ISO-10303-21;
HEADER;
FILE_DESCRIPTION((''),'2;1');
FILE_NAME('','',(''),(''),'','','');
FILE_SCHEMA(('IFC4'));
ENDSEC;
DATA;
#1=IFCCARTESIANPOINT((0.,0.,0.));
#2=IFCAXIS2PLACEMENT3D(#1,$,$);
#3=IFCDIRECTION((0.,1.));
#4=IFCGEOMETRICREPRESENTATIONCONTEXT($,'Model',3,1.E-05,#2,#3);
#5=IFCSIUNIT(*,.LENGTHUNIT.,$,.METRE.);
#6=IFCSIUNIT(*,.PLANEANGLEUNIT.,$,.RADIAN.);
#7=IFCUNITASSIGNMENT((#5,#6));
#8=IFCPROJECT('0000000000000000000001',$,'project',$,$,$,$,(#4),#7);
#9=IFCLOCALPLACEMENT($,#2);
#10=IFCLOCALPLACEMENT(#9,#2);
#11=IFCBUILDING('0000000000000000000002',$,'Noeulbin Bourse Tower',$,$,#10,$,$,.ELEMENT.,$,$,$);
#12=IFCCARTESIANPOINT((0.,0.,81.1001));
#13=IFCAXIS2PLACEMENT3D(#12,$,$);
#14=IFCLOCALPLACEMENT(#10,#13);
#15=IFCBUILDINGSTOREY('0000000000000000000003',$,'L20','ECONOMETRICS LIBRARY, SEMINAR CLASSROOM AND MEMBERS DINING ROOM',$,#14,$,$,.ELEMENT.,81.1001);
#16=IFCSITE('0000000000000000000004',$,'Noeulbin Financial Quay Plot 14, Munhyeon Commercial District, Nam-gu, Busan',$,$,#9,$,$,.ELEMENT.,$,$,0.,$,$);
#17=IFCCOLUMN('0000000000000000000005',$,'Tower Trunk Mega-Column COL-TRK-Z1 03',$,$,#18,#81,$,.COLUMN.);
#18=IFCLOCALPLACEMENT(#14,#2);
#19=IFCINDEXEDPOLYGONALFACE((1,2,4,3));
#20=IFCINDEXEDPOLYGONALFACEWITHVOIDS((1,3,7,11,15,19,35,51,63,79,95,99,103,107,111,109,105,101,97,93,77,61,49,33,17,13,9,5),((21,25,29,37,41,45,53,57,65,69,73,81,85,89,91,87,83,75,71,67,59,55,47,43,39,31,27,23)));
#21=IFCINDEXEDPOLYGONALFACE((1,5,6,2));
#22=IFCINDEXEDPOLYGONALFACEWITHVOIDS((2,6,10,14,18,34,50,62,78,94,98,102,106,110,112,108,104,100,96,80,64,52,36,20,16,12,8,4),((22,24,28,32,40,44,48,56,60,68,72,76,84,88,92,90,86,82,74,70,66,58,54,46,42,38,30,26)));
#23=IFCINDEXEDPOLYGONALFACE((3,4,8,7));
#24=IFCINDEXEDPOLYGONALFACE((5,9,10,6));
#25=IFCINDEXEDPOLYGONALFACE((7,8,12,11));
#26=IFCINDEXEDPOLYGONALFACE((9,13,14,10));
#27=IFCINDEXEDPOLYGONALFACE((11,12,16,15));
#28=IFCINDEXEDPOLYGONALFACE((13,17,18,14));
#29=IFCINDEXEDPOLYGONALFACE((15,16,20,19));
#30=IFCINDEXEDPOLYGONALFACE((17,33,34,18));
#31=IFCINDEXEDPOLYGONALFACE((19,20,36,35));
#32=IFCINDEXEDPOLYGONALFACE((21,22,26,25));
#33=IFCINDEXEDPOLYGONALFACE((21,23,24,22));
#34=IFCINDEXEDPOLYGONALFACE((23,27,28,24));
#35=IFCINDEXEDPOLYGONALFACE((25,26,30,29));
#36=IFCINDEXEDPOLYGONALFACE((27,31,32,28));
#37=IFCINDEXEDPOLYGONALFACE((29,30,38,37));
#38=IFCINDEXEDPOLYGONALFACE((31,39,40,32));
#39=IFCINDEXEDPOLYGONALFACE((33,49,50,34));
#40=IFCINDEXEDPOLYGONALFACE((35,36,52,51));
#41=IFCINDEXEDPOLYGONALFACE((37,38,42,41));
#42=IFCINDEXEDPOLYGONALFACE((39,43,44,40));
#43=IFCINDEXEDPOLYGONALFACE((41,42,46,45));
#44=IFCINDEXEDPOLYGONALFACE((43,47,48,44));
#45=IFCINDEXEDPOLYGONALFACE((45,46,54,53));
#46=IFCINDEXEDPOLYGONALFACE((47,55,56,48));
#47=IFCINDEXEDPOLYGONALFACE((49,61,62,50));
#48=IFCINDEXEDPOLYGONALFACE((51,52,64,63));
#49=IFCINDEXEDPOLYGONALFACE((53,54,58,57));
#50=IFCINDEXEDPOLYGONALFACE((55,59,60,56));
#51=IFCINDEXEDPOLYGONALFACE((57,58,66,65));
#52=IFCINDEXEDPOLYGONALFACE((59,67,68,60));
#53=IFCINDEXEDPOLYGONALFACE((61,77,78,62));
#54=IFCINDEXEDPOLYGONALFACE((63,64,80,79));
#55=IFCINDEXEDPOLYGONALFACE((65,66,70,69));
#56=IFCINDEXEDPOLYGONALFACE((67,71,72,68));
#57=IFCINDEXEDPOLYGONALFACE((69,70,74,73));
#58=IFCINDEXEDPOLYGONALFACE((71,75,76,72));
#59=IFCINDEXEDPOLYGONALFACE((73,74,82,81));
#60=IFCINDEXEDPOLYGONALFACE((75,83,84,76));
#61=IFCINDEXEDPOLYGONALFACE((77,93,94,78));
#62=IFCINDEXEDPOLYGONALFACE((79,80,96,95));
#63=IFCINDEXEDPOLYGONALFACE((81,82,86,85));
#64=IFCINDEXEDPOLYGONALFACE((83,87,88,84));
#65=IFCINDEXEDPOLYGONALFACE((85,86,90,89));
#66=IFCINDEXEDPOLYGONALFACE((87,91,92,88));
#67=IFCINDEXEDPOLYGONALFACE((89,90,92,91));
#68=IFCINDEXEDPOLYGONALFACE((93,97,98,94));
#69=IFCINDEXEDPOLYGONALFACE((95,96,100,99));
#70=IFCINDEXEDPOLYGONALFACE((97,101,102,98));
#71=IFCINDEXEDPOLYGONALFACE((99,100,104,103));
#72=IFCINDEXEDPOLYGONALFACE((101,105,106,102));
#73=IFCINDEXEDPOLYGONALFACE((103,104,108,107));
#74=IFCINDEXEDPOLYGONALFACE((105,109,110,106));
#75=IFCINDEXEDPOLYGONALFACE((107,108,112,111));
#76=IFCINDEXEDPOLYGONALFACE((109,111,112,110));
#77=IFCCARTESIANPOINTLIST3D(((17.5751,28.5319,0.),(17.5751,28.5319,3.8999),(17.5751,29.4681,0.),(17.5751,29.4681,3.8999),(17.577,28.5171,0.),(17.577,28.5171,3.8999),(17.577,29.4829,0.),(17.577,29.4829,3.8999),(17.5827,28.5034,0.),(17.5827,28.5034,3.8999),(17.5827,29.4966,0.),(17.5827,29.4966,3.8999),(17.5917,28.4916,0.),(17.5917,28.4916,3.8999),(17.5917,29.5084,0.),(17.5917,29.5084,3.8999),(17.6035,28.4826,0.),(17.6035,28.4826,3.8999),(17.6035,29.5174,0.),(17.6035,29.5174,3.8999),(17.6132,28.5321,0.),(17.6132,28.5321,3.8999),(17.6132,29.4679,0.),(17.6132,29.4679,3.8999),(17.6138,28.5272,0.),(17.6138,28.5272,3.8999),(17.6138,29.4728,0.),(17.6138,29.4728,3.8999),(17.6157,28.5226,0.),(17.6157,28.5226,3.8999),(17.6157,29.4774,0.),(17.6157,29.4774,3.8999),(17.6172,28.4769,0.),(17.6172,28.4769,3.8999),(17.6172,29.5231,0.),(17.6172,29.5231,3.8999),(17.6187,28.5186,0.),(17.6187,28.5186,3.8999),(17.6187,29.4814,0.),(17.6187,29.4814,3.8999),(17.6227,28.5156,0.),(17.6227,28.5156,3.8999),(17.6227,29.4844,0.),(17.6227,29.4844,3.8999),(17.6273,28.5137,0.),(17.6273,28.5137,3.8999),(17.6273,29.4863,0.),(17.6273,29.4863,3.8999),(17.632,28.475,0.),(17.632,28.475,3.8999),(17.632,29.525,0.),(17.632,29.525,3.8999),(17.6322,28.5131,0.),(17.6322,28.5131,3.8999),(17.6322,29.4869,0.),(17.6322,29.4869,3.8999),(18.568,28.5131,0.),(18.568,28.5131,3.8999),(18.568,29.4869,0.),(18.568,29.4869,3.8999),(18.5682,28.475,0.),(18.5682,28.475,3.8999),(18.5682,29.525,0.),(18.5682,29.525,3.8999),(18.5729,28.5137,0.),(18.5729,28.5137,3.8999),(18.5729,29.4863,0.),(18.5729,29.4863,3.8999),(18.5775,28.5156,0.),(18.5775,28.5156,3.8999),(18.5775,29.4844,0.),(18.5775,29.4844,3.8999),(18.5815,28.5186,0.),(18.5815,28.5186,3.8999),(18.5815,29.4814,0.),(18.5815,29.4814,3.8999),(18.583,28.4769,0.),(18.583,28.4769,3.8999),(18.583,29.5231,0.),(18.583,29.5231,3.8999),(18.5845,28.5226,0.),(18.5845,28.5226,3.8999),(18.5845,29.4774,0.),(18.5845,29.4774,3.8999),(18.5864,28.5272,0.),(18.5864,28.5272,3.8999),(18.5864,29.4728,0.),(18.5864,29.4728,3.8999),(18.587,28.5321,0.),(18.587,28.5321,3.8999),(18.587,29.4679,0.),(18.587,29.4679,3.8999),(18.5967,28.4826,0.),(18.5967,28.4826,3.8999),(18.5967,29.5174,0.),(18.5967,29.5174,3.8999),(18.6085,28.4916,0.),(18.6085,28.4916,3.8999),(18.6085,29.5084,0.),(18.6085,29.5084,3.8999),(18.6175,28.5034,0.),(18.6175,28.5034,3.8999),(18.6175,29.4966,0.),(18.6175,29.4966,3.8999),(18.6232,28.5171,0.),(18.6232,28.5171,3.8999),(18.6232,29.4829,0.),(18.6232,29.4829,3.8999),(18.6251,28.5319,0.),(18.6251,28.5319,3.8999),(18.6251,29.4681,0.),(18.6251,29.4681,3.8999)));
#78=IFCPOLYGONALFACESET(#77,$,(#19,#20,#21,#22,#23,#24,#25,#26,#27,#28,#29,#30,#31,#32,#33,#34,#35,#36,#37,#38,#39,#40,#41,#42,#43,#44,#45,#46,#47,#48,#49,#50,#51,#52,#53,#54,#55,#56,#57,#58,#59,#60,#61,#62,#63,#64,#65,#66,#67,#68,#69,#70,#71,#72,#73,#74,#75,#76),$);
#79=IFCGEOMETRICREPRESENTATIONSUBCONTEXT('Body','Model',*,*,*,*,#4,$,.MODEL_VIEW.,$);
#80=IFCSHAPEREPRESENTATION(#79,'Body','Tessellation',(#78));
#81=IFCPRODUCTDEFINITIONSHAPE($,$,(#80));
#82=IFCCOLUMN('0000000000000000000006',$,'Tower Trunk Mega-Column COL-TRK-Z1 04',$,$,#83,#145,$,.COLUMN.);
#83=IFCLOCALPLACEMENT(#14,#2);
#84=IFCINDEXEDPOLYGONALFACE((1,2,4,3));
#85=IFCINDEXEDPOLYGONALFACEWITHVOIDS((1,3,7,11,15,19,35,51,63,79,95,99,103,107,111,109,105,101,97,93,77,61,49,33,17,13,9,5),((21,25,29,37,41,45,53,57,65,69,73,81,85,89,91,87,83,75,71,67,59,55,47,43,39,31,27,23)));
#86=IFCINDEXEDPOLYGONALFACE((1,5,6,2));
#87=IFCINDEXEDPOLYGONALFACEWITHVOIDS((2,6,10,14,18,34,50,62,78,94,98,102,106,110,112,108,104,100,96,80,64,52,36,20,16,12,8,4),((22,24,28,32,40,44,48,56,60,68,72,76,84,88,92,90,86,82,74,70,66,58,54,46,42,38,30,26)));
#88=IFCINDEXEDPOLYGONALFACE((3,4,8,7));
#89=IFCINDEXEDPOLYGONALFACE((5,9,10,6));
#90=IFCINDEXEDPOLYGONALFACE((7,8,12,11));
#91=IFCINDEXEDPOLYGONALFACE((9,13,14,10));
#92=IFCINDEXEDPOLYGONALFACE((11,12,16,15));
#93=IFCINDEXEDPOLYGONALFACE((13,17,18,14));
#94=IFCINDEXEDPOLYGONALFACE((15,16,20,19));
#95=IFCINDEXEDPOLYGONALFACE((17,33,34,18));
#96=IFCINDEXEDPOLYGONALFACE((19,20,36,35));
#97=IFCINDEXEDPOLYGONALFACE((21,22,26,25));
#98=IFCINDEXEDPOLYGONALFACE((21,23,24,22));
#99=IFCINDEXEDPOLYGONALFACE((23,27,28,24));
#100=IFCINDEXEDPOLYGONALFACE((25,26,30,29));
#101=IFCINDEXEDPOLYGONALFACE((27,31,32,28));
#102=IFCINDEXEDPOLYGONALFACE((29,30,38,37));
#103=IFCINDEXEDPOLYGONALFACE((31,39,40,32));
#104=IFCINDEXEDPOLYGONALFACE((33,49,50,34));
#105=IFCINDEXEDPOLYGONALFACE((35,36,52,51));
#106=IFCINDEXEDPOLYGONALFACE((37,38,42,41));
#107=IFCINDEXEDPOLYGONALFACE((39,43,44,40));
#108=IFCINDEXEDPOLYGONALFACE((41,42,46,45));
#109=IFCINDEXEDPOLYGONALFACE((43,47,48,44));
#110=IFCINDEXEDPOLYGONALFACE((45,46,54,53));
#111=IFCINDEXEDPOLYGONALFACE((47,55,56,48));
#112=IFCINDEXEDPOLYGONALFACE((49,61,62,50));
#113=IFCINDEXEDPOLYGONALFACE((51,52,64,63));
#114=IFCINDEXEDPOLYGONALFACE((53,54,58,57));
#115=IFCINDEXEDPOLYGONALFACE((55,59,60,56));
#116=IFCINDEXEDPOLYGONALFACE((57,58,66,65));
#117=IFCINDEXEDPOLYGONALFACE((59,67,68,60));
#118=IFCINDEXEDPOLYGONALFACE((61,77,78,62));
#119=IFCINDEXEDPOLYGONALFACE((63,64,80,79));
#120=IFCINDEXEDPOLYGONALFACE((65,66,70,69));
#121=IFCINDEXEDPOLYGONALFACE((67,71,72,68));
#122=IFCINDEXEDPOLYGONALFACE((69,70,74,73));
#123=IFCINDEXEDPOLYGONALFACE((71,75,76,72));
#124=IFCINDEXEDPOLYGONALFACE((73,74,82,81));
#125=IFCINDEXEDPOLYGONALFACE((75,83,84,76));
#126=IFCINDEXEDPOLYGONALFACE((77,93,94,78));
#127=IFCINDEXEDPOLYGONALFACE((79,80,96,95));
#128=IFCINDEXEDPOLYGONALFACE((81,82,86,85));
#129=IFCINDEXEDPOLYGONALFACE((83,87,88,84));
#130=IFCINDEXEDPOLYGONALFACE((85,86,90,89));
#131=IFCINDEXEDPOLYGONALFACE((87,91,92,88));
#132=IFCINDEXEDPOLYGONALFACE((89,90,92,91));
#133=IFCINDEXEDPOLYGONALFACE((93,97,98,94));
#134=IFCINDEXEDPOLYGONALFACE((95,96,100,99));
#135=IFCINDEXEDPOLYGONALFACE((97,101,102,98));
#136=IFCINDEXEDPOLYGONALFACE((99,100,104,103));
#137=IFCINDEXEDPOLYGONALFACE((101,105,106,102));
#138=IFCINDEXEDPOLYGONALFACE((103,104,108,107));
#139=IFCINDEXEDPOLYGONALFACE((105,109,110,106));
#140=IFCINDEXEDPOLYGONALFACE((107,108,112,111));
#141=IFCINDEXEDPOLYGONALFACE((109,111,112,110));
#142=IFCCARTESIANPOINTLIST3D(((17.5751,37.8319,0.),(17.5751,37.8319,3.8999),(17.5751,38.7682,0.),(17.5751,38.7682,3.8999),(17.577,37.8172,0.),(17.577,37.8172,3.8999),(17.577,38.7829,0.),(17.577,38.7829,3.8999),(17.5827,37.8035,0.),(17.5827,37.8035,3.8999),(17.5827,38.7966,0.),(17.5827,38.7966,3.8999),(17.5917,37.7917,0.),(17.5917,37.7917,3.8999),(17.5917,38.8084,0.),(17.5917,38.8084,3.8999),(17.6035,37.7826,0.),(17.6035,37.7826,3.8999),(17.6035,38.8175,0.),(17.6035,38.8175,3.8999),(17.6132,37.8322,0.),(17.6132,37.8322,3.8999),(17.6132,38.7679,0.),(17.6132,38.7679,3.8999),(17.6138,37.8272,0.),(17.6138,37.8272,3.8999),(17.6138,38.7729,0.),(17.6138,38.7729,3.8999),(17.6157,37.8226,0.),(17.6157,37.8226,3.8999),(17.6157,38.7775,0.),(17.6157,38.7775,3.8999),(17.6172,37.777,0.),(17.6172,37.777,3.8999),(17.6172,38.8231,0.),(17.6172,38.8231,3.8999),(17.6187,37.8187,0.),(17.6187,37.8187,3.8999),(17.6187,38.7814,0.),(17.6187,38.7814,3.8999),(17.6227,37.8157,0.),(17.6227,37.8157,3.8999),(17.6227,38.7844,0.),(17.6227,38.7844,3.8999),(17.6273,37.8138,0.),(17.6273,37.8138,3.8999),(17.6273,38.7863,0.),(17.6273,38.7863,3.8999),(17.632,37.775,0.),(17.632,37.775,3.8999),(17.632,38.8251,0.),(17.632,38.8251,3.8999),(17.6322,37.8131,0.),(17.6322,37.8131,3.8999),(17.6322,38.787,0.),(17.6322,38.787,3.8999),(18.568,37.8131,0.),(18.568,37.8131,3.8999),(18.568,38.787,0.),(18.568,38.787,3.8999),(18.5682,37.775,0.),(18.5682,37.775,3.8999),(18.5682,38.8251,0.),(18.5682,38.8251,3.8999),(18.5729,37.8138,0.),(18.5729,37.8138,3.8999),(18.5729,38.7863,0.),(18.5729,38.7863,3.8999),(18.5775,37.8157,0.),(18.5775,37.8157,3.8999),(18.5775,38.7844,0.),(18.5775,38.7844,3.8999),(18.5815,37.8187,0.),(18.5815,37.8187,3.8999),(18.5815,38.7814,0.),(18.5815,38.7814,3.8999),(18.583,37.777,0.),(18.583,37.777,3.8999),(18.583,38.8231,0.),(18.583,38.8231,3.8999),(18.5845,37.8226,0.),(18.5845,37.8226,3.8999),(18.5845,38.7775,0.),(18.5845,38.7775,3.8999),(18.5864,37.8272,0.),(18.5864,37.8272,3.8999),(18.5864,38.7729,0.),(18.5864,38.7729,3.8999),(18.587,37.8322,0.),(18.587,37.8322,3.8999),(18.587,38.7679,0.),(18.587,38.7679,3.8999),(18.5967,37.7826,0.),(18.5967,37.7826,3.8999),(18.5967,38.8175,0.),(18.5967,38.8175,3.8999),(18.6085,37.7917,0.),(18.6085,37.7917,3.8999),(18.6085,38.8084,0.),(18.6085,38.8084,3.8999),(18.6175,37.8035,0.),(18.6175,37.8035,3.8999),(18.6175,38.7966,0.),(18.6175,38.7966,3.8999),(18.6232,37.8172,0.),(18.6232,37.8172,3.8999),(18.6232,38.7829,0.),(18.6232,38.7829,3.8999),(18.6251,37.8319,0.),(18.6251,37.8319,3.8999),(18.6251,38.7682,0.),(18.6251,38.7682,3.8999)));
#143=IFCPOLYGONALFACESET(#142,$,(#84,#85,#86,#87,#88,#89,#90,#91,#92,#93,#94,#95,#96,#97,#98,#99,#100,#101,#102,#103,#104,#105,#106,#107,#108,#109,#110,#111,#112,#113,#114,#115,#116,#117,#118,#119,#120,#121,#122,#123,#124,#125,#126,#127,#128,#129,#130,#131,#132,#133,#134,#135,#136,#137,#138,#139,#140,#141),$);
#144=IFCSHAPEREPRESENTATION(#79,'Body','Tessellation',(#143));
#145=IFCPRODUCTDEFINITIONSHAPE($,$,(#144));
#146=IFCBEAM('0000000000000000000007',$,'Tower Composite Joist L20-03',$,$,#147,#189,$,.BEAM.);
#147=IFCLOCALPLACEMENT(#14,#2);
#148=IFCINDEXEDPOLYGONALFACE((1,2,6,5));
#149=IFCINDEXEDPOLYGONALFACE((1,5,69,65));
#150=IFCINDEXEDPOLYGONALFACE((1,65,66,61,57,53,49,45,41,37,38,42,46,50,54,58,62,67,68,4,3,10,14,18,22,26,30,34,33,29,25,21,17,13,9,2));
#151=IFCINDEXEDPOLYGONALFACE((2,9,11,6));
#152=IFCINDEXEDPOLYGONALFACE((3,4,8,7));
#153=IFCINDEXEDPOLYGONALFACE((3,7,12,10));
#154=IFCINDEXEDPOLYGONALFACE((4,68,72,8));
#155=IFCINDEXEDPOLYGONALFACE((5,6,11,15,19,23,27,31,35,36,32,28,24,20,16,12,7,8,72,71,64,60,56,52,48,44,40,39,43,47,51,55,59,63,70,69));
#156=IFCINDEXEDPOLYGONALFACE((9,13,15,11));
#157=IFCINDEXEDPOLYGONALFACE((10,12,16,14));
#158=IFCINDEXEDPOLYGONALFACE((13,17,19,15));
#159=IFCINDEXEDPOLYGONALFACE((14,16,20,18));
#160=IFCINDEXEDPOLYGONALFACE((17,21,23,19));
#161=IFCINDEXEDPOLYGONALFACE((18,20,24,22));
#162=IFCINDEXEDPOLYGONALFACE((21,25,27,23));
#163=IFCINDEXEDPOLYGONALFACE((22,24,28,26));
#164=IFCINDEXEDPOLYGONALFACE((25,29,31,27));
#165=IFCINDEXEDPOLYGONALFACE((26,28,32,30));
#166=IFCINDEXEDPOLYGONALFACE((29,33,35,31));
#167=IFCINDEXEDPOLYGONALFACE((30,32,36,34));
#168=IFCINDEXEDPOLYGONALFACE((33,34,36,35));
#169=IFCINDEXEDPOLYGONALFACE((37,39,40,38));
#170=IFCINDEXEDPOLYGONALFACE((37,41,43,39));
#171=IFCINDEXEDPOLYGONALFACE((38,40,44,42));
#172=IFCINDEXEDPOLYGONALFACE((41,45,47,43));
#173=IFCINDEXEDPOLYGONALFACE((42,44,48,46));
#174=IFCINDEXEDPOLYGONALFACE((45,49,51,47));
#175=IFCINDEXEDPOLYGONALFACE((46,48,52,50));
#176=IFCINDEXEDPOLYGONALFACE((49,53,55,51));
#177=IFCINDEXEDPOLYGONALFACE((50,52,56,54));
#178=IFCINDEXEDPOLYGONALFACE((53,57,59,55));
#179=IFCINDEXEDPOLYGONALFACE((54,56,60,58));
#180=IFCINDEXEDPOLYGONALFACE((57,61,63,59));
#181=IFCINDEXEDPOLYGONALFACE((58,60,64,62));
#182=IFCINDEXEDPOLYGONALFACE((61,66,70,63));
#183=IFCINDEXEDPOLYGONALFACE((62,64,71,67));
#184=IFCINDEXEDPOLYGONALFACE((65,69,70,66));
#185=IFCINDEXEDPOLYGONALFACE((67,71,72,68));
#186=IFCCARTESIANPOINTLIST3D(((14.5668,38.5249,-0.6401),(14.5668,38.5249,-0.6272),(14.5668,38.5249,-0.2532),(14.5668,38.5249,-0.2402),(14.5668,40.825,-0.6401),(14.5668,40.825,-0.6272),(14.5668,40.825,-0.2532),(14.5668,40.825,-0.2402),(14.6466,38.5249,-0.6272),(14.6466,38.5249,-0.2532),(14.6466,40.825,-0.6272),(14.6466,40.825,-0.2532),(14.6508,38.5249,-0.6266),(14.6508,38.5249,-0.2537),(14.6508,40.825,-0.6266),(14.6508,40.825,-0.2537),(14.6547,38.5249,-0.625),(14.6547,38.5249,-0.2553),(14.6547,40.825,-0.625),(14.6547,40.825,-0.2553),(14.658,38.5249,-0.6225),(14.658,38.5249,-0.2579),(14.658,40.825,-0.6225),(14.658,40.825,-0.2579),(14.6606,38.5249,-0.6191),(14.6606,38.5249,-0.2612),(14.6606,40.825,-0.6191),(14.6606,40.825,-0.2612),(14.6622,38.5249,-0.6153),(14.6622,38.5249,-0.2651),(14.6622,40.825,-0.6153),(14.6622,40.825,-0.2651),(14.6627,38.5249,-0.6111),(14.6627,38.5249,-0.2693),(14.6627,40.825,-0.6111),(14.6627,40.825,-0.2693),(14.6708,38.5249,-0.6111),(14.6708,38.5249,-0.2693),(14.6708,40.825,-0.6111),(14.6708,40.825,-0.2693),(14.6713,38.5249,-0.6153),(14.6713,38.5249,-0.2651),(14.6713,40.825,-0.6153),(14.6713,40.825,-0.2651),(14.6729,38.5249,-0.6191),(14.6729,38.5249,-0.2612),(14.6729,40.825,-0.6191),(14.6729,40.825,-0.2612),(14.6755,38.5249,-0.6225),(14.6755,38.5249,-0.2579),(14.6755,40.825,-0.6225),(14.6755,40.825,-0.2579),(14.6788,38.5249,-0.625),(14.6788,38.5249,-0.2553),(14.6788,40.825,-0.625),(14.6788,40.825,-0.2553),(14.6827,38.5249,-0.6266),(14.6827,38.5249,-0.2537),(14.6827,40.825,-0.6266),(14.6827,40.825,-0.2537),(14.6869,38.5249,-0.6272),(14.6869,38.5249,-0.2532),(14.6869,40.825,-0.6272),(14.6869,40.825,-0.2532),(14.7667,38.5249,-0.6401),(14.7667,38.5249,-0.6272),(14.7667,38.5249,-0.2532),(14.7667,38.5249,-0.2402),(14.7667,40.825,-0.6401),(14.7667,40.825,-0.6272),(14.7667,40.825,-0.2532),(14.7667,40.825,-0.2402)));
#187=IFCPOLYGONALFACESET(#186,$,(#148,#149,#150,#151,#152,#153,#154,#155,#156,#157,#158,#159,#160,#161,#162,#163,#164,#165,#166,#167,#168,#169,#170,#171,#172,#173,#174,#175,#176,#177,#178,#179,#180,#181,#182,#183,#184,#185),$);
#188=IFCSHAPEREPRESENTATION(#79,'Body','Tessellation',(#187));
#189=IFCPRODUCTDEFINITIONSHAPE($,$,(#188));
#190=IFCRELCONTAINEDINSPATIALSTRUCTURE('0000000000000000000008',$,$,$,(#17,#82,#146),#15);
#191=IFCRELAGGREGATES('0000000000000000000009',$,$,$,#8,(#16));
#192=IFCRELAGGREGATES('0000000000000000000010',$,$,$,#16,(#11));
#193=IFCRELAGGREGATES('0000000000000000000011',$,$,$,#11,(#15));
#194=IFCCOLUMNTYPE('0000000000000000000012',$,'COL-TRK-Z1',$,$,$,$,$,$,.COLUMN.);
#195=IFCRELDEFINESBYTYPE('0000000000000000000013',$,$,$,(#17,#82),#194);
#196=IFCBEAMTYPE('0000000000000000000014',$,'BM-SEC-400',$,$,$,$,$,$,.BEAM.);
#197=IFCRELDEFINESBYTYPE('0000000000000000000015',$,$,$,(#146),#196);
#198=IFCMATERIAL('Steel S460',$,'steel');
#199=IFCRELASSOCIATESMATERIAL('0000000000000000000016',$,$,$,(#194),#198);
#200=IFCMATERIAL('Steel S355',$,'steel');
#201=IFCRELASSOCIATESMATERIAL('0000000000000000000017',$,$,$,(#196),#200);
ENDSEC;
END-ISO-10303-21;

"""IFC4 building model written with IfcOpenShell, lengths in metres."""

from ifc_helpers import new_model, si_unit, direction, frame, origin, origin_2d, place, context, subcontext, project, spatial, hollow_rectangle, i_section, extrude, material, material_profile, profile_set, type_object, element, save


model = new_model("IFC4")

# Units and contexts
model_context = context("Model", 3, precision=1e-05, world=origin(), true_north=direction((0.0, 1.0)))
body_context = subcontext(model_context, "Body", "Model", "MODEL_VIEW")
ifc_project = project(units=[si_unit("LENGTHUNIT", "METRE"), si_unit("PLANEANGLEUNIT", "RADIAN")], contexts=[model_context])

# Site, building, storey
site_placement = place(None, origin())
site = spatial("IfcSite", under=ifc_project, at=site_placement, Name="Noeulbin Financial Quay Plot 14, Munhyeon Commercial District, Nam-gu, Busan", CompositionType="ELEMENT", RefElevation=0.0)
building_placement = place(site_placement, origin())
building = spatial("IfcBuilding", under=site, at=building_placement, Name="Noeulbin Bourse Tower", CompositionType="ELEMENT")
storey_placement = place(building_placement, frame((0.0, 0.0, 81.1001)))
storey = spatial("IfcBuildingStorey", under=building, at=storey_placement, Name="L20", Description="ECONOMETRICS LIBRARY, SEMINAR CLASSROOM AND MEMBERS DINING ROOM", CompositionType="ELEMENT", Elevation=81.1001)

# Columns
ifc_material_1 = material(Name="Steel S460", Category="steel")
ifc_material_profile_1 = material_profile(ifc_material_1, hollow_rectangle(XDim=1.05, YDim=1.05, WallThickness=0.0381, InnerFilletRadius=0.019, OuterFilletRadius=0.0569, at=origin_2d()), Name="BOX-1050x1050x38", Category="LoadBearing")
ifc_profile_set_1 = profile_set([ifc_material_profile_1], Name="Steel S460")
column_type = type_object("IfcColumnType", Name="COL-TRK-Z1", PredefinedType="COLUMN", material=ifc_profile_set_1)
for number, where, z_axis, x_axis, name in (
    (1, (18.1001, 29.0, 0.0), (0.0, 0.0, 1.0), (1.0, 0.0, 0.0), "Tower Trunk Mega-Column COL-TRK-Z1 03"),
    (2, (18.1001, 38.3, 0.0), (0.0, 0.0, 1.0), (1.0, 0.0, 0.0), "Tower Trunk Mega-Column COL-TRK-Z1 04"),
):
    element("IfcColumn", number, at=place(storey_placement, frame(where, z_axis=z_axis, x_axis=x_axis)), inside=storey, type_object=column_type, Name=name, PredefinedType="COLUMN", context=body_context, shape_type="SweptSolid", body=[
        extrude(hollow_rectangle(XDim=1.05, YDim=1.05, WallThickness=0.0381, InnerFilletRadius=0.019, OuterFilletRadius=0.0569, at=origin_2d()), origin(), (0.0, 0.0, 1.0), 3.8999),
    ])

# Beam
ifc_material_2 = material(Name="Steel S355", Category="steel")
ifc_material_profile_2 = material_profile(ifc_material_2, i_section(OverallWidth=0.2, OverallDepth=0.3999, WebThickness=0.0081, FlangeThickness=0.0129, FilletRadius=0.0161, at=origin_2d()), Name="H-400x200x8x13", Category="LoadBearing")
ifc_profile_set_2 = profile_set([ifc_material_profile_2], Name="Steel S355")
beam_type = type_object("IfcBeamType", Name="BM-SEC-400", PredefinedType="BEAM", material=ifc_profile_set_2)
for number, where, z_axis, x_axis, name in (
    (3, (14.6667, 38.5249, -0.4402), (0.0, 1.0, 0.0), (-1.0, 0.0, 0.0), "Tower Composite Joist L20-03"),
):
    element("IfcBeam", number, at=place(storey_placement, frame(where, z_axis=z_axis, x_axis=x_axis)), inside=storey, type_object=beam_type, Name=name, PredefinedType="BEAM", context=body_context, shape_type="SweptSolid", body=[
        extrude(i_section(OverallWidth=0.2, OverallDepth=0.3999, WebThickness=0.0081, FlangeThickness=0.0129, FilletRadius=0.0161, at=origin_2d()), origin(), (0.0, 0.0, 1.0), 2.3),
    ])

save(model, "model.ifc")
